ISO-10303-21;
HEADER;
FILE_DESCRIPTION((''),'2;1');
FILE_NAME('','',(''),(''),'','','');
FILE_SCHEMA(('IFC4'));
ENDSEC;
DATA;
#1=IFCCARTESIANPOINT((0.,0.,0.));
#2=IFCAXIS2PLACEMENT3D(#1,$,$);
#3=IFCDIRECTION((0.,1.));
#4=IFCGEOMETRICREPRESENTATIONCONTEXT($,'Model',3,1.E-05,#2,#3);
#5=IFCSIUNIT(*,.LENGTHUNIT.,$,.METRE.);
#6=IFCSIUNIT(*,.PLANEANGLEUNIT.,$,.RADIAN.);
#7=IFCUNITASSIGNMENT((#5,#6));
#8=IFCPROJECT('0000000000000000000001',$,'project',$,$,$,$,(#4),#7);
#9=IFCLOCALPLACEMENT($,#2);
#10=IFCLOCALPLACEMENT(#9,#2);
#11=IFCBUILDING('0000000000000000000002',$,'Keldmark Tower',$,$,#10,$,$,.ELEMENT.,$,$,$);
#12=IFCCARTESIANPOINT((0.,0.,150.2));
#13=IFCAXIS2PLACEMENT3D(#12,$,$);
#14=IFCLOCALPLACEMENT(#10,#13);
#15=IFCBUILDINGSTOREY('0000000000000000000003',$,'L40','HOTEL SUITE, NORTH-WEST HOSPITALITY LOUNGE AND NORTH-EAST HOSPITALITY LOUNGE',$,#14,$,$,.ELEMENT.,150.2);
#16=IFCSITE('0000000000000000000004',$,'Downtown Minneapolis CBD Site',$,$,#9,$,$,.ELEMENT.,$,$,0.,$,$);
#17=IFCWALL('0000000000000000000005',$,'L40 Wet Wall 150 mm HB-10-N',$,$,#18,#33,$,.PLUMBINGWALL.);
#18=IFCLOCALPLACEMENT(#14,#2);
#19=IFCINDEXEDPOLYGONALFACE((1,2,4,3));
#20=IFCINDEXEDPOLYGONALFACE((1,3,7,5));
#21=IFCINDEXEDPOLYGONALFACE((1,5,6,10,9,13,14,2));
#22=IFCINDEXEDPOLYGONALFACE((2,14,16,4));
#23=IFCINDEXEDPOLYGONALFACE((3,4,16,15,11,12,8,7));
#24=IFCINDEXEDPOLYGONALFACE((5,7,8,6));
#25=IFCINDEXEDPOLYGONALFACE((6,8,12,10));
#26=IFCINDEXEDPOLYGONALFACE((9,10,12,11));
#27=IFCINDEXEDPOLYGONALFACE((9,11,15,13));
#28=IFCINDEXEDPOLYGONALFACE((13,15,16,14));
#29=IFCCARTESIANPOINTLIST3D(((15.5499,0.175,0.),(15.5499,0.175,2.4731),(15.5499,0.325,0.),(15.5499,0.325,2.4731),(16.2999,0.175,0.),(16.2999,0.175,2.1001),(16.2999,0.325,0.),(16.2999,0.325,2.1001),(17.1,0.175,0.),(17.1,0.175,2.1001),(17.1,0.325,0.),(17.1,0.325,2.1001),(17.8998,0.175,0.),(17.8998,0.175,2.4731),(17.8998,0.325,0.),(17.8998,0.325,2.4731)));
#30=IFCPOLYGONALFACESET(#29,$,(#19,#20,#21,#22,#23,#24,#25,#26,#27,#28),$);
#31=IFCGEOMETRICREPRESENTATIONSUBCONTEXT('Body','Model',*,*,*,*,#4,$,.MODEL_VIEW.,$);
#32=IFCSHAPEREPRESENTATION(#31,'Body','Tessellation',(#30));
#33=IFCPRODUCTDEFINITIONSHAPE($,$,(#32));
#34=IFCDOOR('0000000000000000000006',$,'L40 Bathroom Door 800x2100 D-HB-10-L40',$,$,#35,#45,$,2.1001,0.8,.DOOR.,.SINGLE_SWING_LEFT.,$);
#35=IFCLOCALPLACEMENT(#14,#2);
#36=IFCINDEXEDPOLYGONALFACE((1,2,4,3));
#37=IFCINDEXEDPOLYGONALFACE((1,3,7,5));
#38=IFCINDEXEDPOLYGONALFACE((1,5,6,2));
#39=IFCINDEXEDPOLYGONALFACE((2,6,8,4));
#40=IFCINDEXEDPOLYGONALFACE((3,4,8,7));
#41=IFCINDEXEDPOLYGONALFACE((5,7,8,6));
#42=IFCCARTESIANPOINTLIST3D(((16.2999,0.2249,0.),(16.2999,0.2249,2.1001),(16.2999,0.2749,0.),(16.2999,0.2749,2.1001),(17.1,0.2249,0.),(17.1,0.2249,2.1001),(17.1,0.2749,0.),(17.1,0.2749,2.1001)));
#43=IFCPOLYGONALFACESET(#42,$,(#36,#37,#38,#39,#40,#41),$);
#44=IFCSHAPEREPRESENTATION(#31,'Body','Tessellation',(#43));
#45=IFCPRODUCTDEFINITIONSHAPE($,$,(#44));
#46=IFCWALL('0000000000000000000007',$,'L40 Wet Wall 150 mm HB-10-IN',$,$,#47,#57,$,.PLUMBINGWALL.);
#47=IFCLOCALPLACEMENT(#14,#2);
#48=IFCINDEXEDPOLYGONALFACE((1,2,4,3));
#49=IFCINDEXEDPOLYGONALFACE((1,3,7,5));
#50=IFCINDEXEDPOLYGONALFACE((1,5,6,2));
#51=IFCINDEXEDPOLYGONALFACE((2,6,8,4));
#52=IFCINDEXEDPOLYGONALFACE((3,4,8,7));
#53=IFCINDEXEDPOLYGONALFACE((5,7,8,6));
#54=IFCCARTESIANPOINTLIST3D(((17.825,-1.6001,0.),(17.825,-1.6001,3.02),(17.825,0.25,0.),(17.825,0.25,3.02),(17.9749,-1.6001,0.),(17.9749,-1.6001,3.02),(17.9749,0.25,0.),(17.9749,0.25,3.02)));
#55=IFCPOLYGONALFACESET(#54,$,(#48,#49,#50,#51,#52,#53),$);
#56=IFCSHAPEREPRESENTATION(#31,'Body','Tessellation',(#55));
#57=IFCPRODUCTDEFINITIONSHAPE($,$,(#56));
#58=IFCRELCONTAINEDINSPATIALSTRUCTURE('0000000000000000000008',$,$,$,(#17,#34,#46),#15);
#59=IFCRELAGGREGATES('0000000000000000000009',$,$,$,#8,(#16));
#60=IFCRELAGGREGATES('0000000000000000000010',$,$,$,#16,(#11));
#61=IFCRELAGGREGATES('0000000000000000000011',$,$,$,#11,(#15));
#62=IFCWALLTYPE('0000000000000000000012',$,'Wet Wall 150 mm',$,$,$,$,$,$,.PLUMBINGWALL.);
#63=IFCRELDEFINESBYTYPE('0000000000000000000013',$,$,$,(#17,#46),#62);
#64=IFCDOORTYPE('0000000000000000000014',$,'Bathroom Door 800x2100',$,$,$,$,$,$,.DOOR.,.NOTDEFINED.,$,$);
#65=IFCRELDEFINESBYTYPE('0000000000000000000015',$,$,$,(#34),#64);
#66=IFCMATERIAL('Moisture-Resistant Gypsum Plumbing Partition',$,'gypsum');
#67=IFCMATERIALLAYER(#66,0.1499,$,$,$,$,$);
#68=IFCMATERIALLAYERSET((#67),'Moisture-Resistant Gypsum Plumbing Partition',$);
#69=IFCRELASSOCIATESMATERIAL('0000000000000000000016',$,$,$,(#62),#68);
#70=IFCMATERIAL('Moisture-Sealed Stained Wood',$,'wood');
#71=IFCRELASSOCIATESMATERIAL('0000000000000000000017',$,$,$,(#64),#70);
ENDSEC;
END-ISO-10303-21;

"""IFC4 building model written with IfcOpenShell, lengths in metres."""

from ifc_helpers import new_model, si_unit, direction, frame, frame_2d, origin, place, context, subcontext, project, spatial, rectangle, extrude, material, layer, layer_set, type_object, element, fill, save


model = new_model("IFC4")

# Units and contexts
model_context = context("Model", 3, precision=1e-05, world=origin(), true_north=direction((0.0, 1.0)))
body_context = subcontext(model_context, "Body", "Model", "MODEL_VIEW")
ifc_project = project(units=[si_unit("LENGTHUNIT", "METRE"), si_unit("PLANEANGLEUNIT", "RADIAN")], contexts=[model_context])

# Site, building, storey
site_placement = place(None, origin())
site = spatial("IfcSite", under=ifc_project, at=site_placement, Name="Downtown Minneapolis CBD Site", CompositionType="ELEMENT", RefElevation=0.0)
building_placement = place(site_placement, origin())
building = spatial("IfcBuilding", under=site, at=building_placement, Name="Keldmark Tower", CompositionType="ELEMENT")
storey_placement = place(building_placement, frame((0.0, 0.0, 150.2)))
storey = spatial("IfcBuildingStorey", under=building, at=storey_placement, Name="L40", Description="HOTEL SUITE, NORTH-WEST HOSPITALITY LOUNGE AND NORTH-EAST HOSPITALITY LOUNGE", CompositionType="ELEMENT", Elevation=150.2)

# Shared definitions
ifc_material_1 = material(Name="Moisture-Resistant Gypsum Plumbing Partition", Category="gypsum")
ifc_layer_1 = layer(ifc_material_1, 0.1499)
ifc_layer_set_1 = layer_set([ifc_layer_1], Name="Moisture-Resistant Gypsum Plumbing Partition")
wall_type_1 = type_object("IfcWallType", Name="Wet Wall 150 mm", PredefinedType="PLUMBINGWALL", material=ifc_layer_set_1)

# Wall, opening, door
wall_1_placement = place(storey_placement, frame((15.55, 0.25, 0.0), z_axis=(0.0, 0.0, 1.0), x_axis=(1.0, 0.0, 0.0)))
wall_1 = element("IfcWall", 1, at=wall_1_placement, inside=storey, type_object=wall_type_1, Name="L40 Wet Wall 150 mm HB-10-N", PredefinedType="PLUMBINGWALL", context=body_context, shape_type="SweptSolid", body=[
    extrude(rectangle(XDim=2.3499, YDim=0.1499, at=frame_2d((1.1748, 0.0))), origin(), (0.0, 0.0, 1.0), 2.4731),
])
opening_1_placement = place(wall_1_placement, frame((0.75, 0.0, 0.0)))
opening_1 = element("IfcOpeningElement", 2, at=opening_1_placement, cuts=wall_1, PredefinedType="OPENING", context=body_context, shape_type="SweptSolid", body=[
    extrude(rectangle(XDim=0.8, YDim=2.1001, at=frame_2d((0.3999, 1.05))), frame((0.0, 0.085, 0.0), z_axis=(0.0, -1.0, 0.0), x_axis=(1.0, 0.0, 0.0)), (0.0, 0.0, 1.0), 0.1699),
])
ifc_material_2 = material(Name="Moisture-Sealed Stained Wood", Category="wood")
door_type_1 = type_object("IfcDoorType", Name="Bathroom Door 800x2100", OperationType="NOTDEFINED", PredefinedType="DOOR", material=ifc_material_2)
door_1_placement = place(opening_1_placement, origin())
door_1 = element("IfcDoor", 3, at=door_1_placement, inside=storey, type_object=door_type_1, Name="L40 Bathroom Door 800x2100 D-HB-10-L40", OperationType="SINGLE_SWING_LEFT", OverallHeight=2.1001, OverallWidth=0.8, PredefinedType="DOOR", context=body_context, shape_type="SweptSolid", body=[
    extrude(rectangle(XDim=0.8, YDim=2.1001, at=frame_2d((0.3999, 1.05))), frame((0.0, 0.0249, 0.0), z_axis=(0.0, -1.0, 0.0), x_axis=(1.0, 0.0, 0.0)), (0.0, 0.0, 1.0), 0.05),
])
fill(opening_1, door_1)

# Wall
wall_2_placement = place(storey_placement, frame((17.8999, -1.6001, 0.0), z_axis=(0.0, 0.0, 1.0), x_axis=(0.0, 1.0, 0.0)))
element("IfcWall", 4, at=wall_2_placement, inside=storey, type_object=wall_type_1, Name="L40 Wet Wall 150 mm HB-10-IN", PredefinedType="PLUMBINGWALL", context=body_context, shape_type="SweptSolid", body=[
    extrude(rectangle(XDim=1.8501, YDim=0.1499, at=frame_2d((0.925, 0.0))), origin(), (0.0, 0.0, 1.0), 3.02),
])

save(model, "model.ifc")
